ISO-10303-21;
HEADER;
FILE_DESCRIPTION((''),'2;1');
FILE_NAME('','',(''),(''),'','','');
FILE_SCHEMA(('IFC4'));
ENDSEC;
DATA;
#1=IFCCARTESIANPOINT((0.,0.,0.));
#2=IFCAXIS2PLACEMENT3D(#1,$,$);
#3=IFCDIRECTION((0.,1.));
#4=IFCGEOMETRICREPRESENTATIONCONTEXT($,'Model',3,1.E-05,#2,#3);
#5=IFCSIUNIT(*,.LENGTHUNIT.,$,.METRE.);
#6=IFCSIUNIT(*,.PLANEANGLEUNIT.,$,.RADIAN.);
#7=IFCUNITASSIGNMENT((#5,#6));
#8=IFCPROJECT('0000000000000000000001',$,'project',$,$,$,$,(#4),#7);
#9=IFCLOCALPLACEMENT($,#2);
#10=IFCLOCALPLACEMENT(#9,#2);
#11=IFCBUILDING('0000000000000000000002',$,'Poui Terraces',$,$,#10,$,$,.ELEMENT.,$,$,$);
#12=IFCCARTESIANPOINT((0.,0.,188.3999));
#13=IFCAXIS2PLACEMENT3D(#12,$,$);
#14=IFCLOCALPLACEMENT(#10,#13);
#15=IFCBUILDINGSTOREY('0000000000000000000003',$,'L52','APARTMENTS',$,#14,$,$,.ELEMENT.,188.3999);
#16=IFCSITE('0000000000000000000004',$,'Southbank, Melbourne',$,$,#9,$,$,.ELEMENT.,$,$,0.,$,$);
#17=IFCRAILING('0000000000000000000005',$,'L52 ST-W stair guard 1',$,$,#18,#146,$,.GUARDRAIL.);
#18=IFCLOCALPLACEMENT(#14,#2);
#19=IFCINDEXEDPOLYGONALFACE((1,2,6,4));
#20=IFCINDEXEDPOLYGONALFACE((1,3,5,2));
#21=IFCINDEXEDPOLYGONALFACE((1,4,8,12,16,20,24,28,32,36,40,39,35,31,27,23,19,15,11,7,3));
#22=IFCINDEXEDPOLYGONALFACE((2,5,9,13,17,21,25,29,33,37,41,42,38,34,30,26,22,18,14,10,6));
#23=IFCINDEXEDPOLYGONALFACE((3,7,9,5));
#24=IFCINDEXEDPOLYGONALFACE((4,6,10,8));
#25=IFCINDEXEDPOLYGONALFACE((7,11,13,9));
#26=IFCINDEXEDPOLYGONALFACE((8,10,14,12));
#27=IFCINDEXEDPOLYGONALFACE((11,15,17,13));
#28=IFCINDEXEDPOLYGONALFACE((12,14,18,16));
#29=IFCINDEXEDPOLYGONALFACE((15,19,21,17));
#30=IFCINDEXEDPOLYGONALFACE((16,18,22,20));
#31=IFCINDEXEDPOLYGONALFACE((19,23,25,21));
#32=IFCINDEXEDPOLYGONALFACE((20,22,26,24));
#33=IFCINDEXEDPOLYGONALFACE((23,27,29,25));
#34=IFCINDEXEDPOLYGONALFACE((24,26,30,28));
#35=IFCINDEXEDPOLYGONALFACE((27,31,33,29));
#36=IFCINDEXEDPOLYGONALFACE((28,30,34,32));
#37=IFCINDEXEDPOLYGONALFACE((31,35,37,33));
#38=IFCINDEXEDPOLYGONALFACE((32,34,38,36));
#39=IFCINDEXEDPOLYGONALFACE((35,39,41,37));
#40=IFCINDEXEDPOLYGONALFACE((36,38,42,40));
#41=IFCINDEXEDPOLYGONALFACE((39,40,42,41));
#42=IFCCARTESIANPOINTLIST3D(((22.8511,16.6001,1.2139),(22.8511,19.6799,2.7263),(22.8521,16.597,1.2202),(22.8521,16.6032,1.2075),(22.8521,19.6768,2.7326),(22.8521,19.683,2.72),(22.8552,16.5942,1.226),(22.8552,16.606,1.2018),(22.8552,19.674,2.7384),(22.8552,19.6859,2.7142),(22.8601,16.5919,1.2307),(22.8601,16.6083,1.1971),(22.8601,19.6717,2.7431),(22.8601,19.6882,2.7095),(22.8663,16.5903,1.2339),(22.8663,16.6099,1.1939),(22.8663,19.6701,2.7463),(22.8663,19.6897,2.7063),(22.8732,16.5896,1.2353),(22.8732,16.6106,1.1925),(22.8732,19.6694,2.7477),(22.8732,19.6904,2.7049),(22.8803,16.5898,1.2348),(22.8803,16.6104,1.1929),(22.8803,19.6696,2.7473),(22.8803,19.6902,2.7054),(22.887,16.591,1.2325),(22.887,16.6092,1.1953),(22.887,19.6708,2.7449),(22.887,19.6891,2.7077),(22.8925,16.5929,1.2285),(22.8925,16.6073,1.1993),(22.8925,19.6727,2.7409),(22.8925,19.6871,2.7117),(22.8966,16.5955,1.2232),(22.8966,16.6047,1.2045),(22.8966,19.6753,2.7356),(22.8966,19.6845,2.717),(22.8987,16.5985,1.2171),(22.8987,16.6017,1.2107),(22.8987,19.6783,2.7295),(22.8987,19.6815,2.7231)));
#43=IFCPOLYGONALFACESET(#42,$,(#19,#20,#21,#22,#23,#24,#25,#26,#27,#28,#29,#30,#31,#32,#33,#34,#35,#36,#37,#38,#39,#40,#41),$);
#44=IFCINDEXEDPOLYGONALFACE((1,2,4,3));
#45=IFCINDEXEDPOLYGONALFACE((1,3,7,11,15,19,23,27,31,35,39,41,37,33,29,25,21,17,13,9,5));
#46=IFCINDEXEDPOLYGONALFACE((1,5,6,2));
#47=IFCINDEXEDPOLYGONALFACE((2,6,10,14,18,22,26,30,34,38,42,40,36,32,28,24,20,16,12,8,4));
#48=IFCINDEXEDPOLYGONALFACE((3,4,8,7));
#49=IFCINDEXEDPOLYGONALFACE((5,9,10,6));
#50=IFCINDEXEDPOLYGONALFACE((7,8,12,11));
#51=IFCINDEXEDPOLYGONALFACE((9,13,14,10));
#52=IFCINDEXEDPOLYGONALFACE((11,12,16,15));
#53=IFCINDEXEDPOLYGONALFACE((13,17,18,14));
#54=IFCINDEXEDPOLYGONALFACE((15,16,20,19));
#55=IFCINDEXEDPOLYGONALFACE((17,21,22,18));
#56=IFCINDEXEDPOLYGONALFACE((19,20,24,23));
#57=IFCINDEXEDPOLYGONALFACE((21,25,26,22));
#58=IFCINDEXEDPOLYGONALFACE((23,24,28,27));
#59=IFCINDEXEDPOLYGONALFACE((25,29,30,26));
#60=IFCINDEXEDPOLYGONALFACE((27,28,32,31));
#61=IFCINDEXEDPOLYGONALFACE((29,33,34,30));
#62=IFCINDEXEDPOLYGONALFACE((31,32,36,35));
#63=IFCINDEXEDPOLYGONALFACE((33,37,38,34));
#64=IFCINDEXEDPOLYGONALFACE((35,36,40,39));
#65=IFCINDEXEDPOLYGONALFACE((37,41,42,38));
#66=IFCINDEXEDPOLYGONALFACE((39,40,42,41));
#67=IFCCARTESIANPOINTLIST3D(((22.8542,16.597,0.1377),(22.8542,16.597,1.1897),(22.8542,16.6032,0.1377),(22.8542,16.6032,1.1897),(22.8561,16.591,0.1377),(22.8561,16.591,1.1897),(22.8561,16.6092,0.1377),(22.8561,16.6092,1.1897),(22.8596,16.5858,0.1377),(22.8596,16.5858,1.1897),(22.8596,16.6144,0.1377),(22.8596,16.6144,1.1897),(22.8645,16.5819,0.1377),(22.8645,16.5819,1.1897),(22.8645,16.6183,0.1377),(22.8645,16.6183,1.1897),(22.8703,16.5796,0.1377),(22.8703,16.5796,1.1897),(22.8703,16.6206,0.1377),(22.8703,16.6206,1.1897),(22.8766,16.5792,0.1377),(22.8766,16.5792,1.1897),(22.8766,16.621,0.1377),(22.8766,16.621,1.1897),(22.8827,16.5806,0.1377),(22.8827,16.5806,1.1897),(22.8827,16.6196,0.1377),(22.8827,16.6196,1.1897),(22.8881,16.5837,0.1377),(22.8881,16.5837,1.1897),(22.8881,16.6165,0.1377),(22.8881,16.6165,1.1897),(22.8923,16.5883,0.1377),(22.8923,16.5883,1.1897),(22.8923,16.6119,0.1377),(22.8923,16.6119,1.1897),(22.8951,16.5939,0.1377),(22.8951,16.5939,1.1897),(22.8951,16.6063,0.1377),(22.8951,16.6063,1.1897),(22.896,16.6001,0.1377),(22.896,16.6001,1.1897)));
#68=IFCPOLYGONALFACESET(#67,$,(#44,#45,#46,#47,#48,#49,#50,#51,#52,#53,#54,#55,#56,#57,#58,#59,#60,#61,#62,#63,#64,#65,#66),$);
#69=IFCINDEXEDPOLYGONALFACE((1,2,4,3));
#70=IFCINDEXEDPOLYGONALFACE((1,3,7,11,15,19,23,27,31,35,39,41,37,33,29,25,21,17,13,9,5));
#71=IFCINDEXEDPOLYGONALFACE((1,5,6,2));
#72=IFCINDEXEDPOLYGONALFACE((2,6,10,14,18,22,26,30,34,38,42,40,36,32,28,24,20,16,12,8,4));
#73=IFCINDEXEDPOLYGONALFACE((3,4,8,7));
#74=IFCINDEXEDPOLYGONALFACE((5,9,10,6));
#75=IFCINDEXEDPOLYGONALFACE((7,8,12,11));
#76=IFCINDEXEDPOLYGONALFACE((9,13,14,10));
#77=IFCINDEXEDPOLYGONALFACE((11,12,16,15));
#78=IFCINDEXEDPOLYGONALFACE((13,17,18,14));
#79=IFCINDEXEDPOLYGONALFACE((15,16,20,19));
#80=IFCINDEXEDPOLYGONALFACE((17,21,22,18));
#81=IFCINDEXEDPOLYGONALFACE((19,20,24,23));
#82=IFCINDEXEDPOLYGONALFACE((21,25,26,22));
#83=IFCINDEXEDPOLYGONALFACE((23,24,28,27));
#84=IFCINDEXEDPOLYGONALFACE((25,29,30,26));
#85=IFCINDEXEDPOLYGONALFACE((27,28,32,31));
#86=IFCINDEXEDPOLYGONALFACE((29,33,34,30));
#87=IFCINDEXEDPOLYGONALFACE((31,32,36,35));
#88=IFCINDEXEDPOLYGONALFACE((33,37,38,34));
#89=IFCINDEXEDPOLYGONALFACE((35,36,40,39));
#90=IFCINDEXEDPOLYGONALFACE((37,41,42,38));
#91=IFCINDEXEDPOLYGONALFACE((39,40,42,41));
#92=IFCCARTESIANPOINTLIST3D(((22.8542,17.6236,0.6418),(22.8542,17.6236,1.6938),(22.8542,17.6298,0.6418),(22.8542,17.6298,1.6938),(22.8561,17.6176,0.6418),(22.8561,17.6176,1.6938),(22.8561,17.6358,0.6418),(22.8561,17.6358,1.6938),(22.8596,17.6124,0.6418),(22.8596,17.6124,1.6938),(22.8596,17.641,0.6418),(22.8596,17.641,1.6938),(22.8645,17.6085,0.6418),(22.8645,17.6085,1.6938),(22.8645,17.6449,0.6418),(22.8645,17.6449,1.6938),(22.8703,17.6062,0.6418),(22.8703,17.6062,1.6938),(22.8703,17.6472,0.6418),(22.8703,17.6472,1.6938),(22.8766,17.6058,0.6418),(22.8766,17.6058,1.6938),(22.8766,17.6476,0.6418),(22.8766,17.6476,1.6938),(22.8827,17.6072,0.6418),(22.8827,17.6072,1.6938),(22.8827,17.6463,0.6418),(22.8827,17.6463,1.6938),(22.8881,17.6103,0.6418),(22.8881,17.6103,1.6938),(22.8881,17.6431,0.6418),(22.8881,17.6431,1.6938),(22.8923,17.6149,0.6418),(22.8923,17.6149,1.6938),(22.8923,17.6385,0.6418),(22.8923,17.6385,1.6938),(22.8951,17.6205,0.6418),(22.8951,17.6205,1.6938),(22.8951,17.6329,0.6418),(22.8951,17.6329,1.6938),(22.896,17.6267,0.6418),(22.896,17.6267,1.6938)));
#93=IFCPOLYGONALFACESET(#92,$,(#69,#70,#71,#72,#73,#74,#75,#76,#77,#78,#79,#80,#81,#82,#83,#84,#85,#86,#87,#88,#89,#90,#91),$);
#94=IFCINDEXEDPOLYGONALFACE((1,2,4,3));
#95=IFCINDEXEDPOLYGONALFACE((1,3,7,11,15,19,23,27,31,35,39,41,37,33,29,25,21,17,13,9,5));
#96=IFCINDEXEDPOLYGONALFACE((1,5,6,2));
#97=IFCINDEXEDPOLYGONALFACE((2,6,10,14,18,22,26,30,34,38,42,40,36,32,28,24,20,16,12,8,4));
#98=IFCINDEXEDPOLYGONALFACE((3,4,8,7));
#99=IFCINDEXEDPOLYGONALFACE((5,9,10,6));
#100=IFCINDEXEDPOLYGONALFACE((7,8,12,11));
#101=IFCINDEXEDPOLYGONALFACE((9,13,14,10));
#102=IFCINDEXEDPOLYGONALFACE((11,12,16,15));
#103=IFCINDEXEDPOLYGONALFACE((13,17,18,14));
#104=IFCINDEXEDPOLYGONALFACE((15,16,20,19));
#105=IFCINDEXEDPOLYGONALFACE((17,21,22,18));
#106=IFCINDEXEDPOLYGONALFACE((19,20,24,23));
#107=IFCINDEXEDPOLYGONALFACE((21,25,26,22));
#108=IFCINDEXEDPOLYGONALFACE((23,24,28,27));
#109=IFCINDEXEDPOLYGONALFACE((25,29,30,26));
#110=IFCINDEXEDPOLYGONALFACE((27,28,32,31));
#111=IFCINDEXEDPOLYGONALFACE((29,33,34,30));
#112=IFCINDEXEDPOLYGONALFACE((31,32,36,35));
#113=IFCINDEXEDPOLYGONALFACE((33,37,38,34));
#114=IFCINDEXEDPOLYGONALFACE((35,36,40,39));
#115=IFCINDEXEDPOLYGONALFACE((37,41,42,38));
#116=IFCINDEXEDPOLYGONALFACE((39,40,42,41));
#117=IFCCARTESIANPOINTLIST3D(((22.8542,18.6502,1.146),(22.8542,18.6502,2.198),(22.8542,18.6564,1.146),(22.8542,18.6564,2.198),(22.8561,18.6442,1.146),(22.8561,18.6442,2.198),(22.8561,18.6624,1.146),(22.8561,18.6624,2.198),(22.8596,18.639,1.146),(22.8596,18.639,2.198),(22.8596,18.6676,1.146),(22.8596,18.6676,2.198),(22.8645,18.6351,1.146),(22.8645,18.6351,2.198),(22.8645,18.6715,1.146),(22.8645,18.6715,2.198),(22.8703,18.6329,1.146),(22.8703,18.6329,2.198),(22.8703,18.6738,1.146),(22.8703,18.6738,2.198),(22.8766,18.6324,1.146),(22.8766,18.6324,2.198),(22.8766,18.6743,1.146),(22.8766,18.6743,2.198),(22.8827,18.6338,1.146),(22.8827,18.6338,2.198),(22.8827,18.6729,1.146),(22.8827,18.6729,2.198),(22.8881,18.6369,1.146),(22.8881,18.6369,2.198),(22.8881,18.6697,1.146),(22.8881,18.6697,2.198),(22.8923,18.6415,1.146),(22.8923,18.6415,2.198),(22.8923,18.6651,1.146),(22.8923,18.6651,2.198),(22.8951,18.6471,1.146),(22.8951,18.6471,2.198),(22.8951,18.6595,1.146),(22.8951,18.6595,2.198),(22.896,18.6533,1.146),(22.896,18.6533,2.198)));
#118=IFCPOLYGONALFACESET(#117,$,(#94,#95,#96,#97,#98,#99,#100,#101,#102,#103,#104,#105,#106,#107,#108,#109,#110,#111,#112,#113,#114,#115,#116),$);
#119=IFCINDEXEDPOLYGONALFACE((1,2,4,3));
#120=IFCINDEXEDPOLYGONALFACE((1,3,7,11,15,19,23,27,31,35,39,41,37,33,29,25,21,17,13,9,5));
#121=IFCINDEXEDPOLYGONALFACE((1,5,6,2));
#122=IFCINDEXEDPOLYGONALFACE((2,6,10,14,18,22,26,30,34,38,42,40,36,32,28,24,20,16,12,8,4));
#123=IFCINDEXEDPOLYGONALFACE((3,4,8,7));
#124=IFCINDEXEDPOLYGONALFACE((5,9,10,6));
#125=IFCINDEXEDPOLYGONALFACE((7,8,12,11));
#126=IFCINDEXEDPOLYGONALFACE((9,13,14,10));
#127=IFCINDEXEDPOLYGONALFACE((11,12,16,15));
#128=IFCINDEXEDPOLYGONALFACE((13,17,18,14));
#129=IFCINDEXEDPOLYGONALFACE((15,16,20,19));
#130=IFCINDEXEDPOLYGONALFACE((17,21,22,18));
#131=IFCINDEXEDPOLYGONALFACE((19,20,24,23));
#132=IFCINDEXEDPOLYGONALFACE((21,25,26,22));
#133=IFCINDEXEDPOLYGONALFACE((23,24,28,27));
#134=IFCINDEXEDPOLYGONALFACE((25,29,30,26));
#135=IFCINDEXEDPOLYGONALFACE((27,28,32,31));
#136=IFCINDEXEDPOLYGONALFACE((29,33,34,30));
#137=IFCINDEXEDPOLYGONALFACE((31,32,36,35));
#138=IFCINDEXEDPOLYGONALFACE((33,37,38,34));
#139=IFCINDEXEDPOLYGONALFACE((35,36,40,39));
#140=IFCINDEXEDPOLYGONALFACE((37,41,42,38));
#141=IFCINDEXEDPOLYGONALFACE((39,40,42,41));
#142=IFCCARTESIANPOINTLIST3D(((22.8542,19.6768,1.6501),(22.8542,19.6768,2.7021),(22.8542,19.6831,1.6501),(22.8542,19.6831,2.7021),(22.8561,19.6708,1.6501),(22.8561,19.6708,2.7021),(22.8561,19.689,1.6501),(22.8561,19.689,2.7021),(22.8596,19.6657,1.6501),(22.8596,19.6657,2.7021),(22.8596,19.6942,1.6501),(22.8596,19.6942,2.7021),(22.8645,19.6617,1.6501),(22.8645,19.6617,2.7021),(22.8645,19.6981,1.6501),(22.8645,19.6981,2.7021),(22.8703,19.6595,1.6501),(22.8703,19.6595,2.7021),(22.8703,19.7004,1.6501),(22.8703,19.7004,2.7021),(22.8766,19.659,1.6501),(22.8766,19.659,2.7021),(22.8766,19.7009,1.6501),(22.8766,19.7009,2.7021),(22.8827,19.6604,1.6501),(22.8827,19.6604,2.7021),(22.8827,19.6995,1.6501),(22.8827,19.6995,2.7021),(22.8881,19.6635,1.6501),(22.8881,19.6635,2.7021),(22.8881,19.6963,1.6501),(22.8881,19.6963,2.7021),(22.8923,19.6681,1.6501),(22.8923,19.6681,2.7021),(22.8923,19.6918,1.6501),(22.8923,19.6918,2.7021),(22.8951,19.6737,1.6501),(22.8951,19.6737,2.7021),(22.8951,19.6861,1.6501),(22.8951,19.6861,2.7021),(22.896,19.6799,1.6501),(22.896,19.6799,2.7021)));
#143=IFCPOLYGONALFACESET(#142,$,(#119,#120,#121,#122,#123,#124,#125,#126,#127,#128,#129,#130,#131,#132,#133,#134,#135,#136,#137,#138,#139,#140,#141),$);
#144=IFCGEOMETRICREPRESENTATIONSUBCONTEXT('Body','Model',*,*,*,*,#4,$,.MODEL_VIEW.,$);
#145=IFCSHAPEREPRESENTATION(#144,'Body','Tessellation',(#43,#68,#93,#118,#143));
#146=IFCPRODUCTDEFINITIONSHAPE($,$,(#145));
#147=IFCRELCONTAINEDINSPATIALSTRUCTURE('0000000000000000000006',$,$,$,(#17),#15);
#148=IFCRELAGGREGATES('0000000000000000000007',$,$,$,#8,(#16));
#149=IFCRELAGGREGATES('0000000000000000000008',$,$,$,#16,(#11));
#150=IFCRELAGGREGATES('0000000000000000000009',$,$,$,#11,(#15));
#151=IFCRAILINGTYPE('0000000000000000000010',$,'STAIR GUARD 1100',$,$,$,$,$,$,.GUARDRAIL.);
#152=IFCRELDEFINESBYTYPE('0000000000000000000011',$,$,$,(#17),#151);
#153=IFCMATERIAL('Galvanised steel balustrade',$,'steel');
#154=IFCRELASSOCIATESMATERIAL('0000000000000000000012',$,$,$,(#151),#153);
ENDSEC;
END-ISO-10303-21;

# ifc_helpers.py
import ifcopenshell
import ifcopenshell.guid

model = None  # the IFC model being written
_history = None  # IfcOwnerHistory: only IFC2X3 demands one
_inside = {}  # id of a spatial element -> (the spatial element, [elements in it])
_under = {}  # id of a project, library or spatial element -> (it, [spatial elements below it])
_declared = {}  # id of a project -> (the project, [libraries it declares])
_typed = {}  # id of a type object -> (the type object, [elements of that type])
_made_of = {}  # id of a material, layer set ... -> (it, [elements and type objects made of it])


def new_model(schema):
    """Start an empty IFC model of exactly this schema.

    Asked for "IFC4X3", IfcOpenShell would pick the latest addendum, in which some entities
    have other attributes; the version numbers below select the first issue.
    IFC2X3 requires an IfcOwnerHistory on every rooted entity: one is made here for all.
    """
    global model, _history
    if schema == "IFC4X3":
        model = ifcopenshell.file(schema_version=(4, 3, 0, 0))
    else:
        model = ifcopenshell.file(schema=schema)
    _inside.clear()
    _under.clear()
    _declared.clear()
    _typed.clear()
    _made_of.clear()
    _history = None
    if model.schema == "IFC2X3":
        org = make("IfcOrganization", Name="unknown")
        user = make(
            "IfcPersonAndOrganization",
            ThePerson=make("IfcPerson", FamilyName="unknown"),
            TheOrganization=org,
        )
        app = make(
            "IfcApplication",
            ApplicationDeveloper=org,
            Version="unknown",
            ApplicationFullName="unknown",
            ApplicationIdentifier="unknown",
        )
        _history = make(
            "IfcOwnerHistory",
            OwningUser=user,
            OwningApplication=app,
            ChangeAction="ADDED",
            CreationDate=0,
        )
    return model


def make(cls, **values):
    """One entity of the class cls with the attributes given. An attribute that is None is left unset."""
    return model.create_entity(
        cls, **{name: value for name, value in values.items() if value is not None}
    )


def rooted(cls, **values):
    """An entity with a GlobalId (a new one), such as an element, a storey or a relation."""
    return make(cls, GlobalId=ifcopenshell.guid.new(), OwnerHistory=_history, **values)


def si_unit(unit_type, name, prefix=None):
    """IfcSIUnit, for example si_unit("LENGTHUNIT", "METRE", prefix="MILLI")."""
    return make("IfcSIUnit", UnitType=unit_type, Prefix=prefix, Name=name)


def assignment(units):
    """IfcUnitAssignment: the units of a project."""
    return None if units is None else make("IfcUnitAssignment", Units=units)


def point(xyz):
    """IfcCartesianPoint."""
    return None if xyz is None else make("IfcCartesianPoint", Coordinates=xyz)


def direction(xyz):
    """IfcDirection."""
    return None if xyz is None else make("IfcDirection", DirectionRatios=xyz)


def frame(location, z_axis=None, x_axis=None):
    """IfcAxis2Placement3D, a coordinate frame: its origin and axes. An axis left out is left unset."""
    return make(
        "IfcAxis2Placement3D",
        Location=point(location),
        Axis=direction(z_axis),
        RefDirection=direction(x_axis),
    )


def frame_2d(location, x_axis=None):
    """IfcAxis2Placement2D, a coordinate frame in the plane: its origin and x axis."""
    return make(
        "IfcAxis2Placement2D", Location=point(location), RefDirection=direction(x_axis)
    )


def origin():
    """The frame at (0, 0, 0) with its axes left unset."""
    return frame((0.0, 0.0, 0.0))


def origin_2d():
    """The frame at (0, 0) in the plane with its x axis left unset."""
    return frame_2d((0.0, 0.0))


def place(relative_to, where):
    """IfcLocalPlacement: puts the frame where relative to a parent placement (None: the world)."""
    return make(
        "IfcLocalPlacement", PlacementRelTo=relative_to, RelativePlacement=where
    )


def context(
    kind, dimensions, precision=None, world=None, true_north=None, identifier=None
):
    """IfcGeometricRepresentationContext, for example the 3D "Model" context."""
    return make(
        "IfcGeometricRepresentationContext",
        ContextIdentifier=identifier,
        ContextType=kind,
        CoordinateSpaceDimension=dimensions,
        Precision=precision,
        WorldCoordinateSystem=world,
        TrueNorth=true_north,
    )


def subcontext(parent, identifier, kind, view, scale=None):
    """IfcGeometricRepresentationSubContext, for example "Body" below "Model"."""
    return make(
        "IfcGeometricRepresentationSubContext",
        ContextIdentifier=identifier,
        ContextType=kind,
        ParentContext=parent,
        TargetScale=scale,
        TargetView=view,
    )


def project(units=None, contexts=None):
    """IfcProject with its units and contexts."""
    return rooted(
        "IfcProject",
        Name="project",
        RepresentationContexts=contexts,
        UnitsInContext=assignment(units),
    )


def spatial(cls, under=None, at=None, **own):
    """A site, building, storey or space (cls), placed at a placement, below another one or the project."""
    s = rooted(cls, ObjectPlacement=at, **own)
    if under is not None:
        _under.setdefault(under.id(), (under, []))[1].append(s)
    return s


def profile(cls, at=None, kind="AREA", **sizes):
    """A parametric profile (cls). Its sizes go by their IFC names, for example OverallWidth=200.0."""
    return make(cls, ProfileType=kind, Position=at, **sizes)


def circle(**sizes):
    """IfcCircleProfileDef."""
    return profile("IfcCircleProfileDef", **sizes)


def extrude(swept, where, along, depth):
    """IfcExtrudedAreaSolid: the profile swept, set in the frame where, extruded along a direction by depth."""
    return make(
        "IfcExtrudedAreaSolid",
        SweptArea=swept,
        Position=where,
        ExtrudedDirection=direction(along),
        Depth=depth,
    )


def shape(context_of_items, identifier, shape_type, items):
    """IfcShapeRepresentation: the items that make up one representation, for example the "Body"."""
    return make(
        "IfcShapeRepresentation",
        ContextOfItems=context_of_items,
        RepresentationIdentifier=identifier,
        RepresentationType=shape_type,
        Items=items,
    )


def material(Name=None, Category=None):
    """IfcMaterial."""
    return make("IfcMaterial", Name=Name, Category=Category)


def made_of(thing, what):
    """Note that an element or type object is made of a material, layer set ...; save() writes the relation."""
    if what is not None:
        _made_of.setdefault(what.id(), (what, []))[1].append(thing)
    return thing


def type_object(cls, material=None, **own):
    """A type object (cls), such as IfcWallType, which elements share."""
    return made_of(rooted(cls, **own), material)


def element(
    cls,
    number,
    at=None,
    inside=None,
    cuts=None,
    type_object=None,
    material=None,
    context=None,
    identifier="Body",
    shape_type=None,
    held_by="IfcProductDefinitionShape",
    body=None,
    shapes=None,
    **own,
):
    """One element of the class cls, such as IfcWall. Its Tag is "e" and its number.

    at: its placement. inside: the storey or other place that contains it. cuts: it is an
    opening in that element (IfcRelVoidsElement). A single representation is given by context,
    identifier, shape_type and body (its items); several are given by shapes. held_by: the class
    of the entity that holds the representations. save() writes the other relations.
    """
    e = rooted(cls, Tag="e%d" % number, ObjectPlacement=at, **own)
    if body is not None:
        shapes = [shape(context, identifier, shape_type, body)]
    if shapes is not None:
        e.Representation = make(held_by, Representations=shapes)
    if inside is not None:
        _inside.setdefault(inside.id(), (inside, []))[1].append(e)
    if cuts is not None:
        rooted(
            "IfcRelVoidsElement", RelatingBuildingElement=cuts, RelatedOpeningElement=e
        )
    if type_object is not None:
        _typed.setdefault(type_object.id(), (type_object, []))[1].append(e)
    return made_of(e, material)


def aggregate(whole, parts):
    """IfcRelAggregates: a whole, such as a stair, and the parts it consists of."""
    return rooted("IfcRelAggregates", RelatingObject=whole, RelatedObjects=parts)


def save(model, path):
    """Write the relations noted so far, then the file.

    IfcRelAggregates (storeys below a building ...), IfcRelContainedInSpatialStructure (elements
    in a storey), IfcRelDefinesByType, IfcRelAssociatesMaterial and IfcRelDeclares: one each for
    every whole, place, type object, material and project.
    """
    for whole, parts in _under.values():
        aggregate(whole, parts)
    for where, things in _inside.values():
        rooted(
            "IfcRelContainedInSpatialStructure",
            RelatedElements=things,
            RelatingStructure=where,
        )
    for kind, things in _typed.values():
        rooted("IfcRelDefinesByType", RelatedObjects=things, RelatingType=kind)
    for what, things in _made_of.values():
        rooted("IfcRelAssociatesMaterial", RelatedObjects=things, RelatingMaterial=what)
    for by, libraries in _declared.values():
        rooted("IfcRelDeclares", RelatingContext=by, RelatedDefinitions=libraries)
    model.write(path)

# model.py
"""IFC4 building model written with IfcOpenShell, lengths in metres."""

from ifc_helpers import new_model, si_unit, direction, frame, origin, origin_2d, place, context, subcontext, project, spatial, circle, extrude, material, type_object, element, save


model = new_model("IFC4")

# Units and contexts
model_context = context("Model", 3, precision=1e-05, world=origin(), true_north=direction((0.0, 1.0)))
body_context = subcontext(model_context, "Body", "Model", "MODEL_VIEW")
ifc_project = project(units=[si_unit("LENGTHUNIT", "METRE"), si_unit("PLANEANGLEUNIT", "RADIAN")], contexts=[model_context])

# Site, building, storey
site_placement = place(None, origin())
site = spatial("IfcSite", under=ifc_project, at=site_placement, Name="Southbank, Melbourne", CompositionType="ELEMENT", RefElevation=0.0)
building_placement = place(site_placement, origin())
building = spatial("IfcBuilding", under=site, at=building_placement, Name="Poui Terraces", CompositionType="ELEMENT")
storey_placement = place(building_placement, frame((0.0, 0.0, 188.3999)))
storey = spatial("IfcBuildingStorey", under=building, at=storey_placement, Name="L52", Description="APARTMENTS", CompositionType="ELEMENT", Elevation=188.3999)

# Railing
ifc_material_1 = material(Name="Galvanised steel balustrade", Category="steel")
railing_type_1 = type_object("IfcRailingType", Name="STAIR GUARD 1100", PredefinedType="GUARDRAIL", material=ifc_material_1)
railing_1_placement = place(storey_placement, frame((22.875, 16.6001, 0.1377)))
element("IfcRailing", 1, at=railing_1_placement, inside=storey, type_object=railing_type_1, Name="L52 ST-W stair guard 1", PredefinedType="GUARDRAIL", context=body_context, shape_type="SweptSolid", body=[
    extrude(circle(Radius=0.0239, at=origin_2d()), frame((0.0, 0.0, 1.0762), z_axis=(0.0, 0.897606, 0.440798), x_axis=(-1.0, 0.0, 0.0)), (0.0, 0.0, 1.0), 3.4312),
    extrude(circle(Radius=0.021, at=origin_2d()), origin(), (0.0, 0.0, 1.0), 1.052),
    extrude(circle(Radius=0.021, at=origin_2d()), frame((0.0, 1.0266, 0.5042)), (0.0, 0.0, 1.0), 1.052),
    extrude(circle(Radius=0.021, at=origin_2d()), frame((0.0, 2.0532, 1.0083)), (0.0, 0.0, 1.0), 1.052),
    extrude(circle(Radius=0.021, at=origin_2d()), frame((0.0, 3.0798, 1.5125)), (0.0, 0.0, 1.0), 1.052),
])

save(model, "model.ifc")
